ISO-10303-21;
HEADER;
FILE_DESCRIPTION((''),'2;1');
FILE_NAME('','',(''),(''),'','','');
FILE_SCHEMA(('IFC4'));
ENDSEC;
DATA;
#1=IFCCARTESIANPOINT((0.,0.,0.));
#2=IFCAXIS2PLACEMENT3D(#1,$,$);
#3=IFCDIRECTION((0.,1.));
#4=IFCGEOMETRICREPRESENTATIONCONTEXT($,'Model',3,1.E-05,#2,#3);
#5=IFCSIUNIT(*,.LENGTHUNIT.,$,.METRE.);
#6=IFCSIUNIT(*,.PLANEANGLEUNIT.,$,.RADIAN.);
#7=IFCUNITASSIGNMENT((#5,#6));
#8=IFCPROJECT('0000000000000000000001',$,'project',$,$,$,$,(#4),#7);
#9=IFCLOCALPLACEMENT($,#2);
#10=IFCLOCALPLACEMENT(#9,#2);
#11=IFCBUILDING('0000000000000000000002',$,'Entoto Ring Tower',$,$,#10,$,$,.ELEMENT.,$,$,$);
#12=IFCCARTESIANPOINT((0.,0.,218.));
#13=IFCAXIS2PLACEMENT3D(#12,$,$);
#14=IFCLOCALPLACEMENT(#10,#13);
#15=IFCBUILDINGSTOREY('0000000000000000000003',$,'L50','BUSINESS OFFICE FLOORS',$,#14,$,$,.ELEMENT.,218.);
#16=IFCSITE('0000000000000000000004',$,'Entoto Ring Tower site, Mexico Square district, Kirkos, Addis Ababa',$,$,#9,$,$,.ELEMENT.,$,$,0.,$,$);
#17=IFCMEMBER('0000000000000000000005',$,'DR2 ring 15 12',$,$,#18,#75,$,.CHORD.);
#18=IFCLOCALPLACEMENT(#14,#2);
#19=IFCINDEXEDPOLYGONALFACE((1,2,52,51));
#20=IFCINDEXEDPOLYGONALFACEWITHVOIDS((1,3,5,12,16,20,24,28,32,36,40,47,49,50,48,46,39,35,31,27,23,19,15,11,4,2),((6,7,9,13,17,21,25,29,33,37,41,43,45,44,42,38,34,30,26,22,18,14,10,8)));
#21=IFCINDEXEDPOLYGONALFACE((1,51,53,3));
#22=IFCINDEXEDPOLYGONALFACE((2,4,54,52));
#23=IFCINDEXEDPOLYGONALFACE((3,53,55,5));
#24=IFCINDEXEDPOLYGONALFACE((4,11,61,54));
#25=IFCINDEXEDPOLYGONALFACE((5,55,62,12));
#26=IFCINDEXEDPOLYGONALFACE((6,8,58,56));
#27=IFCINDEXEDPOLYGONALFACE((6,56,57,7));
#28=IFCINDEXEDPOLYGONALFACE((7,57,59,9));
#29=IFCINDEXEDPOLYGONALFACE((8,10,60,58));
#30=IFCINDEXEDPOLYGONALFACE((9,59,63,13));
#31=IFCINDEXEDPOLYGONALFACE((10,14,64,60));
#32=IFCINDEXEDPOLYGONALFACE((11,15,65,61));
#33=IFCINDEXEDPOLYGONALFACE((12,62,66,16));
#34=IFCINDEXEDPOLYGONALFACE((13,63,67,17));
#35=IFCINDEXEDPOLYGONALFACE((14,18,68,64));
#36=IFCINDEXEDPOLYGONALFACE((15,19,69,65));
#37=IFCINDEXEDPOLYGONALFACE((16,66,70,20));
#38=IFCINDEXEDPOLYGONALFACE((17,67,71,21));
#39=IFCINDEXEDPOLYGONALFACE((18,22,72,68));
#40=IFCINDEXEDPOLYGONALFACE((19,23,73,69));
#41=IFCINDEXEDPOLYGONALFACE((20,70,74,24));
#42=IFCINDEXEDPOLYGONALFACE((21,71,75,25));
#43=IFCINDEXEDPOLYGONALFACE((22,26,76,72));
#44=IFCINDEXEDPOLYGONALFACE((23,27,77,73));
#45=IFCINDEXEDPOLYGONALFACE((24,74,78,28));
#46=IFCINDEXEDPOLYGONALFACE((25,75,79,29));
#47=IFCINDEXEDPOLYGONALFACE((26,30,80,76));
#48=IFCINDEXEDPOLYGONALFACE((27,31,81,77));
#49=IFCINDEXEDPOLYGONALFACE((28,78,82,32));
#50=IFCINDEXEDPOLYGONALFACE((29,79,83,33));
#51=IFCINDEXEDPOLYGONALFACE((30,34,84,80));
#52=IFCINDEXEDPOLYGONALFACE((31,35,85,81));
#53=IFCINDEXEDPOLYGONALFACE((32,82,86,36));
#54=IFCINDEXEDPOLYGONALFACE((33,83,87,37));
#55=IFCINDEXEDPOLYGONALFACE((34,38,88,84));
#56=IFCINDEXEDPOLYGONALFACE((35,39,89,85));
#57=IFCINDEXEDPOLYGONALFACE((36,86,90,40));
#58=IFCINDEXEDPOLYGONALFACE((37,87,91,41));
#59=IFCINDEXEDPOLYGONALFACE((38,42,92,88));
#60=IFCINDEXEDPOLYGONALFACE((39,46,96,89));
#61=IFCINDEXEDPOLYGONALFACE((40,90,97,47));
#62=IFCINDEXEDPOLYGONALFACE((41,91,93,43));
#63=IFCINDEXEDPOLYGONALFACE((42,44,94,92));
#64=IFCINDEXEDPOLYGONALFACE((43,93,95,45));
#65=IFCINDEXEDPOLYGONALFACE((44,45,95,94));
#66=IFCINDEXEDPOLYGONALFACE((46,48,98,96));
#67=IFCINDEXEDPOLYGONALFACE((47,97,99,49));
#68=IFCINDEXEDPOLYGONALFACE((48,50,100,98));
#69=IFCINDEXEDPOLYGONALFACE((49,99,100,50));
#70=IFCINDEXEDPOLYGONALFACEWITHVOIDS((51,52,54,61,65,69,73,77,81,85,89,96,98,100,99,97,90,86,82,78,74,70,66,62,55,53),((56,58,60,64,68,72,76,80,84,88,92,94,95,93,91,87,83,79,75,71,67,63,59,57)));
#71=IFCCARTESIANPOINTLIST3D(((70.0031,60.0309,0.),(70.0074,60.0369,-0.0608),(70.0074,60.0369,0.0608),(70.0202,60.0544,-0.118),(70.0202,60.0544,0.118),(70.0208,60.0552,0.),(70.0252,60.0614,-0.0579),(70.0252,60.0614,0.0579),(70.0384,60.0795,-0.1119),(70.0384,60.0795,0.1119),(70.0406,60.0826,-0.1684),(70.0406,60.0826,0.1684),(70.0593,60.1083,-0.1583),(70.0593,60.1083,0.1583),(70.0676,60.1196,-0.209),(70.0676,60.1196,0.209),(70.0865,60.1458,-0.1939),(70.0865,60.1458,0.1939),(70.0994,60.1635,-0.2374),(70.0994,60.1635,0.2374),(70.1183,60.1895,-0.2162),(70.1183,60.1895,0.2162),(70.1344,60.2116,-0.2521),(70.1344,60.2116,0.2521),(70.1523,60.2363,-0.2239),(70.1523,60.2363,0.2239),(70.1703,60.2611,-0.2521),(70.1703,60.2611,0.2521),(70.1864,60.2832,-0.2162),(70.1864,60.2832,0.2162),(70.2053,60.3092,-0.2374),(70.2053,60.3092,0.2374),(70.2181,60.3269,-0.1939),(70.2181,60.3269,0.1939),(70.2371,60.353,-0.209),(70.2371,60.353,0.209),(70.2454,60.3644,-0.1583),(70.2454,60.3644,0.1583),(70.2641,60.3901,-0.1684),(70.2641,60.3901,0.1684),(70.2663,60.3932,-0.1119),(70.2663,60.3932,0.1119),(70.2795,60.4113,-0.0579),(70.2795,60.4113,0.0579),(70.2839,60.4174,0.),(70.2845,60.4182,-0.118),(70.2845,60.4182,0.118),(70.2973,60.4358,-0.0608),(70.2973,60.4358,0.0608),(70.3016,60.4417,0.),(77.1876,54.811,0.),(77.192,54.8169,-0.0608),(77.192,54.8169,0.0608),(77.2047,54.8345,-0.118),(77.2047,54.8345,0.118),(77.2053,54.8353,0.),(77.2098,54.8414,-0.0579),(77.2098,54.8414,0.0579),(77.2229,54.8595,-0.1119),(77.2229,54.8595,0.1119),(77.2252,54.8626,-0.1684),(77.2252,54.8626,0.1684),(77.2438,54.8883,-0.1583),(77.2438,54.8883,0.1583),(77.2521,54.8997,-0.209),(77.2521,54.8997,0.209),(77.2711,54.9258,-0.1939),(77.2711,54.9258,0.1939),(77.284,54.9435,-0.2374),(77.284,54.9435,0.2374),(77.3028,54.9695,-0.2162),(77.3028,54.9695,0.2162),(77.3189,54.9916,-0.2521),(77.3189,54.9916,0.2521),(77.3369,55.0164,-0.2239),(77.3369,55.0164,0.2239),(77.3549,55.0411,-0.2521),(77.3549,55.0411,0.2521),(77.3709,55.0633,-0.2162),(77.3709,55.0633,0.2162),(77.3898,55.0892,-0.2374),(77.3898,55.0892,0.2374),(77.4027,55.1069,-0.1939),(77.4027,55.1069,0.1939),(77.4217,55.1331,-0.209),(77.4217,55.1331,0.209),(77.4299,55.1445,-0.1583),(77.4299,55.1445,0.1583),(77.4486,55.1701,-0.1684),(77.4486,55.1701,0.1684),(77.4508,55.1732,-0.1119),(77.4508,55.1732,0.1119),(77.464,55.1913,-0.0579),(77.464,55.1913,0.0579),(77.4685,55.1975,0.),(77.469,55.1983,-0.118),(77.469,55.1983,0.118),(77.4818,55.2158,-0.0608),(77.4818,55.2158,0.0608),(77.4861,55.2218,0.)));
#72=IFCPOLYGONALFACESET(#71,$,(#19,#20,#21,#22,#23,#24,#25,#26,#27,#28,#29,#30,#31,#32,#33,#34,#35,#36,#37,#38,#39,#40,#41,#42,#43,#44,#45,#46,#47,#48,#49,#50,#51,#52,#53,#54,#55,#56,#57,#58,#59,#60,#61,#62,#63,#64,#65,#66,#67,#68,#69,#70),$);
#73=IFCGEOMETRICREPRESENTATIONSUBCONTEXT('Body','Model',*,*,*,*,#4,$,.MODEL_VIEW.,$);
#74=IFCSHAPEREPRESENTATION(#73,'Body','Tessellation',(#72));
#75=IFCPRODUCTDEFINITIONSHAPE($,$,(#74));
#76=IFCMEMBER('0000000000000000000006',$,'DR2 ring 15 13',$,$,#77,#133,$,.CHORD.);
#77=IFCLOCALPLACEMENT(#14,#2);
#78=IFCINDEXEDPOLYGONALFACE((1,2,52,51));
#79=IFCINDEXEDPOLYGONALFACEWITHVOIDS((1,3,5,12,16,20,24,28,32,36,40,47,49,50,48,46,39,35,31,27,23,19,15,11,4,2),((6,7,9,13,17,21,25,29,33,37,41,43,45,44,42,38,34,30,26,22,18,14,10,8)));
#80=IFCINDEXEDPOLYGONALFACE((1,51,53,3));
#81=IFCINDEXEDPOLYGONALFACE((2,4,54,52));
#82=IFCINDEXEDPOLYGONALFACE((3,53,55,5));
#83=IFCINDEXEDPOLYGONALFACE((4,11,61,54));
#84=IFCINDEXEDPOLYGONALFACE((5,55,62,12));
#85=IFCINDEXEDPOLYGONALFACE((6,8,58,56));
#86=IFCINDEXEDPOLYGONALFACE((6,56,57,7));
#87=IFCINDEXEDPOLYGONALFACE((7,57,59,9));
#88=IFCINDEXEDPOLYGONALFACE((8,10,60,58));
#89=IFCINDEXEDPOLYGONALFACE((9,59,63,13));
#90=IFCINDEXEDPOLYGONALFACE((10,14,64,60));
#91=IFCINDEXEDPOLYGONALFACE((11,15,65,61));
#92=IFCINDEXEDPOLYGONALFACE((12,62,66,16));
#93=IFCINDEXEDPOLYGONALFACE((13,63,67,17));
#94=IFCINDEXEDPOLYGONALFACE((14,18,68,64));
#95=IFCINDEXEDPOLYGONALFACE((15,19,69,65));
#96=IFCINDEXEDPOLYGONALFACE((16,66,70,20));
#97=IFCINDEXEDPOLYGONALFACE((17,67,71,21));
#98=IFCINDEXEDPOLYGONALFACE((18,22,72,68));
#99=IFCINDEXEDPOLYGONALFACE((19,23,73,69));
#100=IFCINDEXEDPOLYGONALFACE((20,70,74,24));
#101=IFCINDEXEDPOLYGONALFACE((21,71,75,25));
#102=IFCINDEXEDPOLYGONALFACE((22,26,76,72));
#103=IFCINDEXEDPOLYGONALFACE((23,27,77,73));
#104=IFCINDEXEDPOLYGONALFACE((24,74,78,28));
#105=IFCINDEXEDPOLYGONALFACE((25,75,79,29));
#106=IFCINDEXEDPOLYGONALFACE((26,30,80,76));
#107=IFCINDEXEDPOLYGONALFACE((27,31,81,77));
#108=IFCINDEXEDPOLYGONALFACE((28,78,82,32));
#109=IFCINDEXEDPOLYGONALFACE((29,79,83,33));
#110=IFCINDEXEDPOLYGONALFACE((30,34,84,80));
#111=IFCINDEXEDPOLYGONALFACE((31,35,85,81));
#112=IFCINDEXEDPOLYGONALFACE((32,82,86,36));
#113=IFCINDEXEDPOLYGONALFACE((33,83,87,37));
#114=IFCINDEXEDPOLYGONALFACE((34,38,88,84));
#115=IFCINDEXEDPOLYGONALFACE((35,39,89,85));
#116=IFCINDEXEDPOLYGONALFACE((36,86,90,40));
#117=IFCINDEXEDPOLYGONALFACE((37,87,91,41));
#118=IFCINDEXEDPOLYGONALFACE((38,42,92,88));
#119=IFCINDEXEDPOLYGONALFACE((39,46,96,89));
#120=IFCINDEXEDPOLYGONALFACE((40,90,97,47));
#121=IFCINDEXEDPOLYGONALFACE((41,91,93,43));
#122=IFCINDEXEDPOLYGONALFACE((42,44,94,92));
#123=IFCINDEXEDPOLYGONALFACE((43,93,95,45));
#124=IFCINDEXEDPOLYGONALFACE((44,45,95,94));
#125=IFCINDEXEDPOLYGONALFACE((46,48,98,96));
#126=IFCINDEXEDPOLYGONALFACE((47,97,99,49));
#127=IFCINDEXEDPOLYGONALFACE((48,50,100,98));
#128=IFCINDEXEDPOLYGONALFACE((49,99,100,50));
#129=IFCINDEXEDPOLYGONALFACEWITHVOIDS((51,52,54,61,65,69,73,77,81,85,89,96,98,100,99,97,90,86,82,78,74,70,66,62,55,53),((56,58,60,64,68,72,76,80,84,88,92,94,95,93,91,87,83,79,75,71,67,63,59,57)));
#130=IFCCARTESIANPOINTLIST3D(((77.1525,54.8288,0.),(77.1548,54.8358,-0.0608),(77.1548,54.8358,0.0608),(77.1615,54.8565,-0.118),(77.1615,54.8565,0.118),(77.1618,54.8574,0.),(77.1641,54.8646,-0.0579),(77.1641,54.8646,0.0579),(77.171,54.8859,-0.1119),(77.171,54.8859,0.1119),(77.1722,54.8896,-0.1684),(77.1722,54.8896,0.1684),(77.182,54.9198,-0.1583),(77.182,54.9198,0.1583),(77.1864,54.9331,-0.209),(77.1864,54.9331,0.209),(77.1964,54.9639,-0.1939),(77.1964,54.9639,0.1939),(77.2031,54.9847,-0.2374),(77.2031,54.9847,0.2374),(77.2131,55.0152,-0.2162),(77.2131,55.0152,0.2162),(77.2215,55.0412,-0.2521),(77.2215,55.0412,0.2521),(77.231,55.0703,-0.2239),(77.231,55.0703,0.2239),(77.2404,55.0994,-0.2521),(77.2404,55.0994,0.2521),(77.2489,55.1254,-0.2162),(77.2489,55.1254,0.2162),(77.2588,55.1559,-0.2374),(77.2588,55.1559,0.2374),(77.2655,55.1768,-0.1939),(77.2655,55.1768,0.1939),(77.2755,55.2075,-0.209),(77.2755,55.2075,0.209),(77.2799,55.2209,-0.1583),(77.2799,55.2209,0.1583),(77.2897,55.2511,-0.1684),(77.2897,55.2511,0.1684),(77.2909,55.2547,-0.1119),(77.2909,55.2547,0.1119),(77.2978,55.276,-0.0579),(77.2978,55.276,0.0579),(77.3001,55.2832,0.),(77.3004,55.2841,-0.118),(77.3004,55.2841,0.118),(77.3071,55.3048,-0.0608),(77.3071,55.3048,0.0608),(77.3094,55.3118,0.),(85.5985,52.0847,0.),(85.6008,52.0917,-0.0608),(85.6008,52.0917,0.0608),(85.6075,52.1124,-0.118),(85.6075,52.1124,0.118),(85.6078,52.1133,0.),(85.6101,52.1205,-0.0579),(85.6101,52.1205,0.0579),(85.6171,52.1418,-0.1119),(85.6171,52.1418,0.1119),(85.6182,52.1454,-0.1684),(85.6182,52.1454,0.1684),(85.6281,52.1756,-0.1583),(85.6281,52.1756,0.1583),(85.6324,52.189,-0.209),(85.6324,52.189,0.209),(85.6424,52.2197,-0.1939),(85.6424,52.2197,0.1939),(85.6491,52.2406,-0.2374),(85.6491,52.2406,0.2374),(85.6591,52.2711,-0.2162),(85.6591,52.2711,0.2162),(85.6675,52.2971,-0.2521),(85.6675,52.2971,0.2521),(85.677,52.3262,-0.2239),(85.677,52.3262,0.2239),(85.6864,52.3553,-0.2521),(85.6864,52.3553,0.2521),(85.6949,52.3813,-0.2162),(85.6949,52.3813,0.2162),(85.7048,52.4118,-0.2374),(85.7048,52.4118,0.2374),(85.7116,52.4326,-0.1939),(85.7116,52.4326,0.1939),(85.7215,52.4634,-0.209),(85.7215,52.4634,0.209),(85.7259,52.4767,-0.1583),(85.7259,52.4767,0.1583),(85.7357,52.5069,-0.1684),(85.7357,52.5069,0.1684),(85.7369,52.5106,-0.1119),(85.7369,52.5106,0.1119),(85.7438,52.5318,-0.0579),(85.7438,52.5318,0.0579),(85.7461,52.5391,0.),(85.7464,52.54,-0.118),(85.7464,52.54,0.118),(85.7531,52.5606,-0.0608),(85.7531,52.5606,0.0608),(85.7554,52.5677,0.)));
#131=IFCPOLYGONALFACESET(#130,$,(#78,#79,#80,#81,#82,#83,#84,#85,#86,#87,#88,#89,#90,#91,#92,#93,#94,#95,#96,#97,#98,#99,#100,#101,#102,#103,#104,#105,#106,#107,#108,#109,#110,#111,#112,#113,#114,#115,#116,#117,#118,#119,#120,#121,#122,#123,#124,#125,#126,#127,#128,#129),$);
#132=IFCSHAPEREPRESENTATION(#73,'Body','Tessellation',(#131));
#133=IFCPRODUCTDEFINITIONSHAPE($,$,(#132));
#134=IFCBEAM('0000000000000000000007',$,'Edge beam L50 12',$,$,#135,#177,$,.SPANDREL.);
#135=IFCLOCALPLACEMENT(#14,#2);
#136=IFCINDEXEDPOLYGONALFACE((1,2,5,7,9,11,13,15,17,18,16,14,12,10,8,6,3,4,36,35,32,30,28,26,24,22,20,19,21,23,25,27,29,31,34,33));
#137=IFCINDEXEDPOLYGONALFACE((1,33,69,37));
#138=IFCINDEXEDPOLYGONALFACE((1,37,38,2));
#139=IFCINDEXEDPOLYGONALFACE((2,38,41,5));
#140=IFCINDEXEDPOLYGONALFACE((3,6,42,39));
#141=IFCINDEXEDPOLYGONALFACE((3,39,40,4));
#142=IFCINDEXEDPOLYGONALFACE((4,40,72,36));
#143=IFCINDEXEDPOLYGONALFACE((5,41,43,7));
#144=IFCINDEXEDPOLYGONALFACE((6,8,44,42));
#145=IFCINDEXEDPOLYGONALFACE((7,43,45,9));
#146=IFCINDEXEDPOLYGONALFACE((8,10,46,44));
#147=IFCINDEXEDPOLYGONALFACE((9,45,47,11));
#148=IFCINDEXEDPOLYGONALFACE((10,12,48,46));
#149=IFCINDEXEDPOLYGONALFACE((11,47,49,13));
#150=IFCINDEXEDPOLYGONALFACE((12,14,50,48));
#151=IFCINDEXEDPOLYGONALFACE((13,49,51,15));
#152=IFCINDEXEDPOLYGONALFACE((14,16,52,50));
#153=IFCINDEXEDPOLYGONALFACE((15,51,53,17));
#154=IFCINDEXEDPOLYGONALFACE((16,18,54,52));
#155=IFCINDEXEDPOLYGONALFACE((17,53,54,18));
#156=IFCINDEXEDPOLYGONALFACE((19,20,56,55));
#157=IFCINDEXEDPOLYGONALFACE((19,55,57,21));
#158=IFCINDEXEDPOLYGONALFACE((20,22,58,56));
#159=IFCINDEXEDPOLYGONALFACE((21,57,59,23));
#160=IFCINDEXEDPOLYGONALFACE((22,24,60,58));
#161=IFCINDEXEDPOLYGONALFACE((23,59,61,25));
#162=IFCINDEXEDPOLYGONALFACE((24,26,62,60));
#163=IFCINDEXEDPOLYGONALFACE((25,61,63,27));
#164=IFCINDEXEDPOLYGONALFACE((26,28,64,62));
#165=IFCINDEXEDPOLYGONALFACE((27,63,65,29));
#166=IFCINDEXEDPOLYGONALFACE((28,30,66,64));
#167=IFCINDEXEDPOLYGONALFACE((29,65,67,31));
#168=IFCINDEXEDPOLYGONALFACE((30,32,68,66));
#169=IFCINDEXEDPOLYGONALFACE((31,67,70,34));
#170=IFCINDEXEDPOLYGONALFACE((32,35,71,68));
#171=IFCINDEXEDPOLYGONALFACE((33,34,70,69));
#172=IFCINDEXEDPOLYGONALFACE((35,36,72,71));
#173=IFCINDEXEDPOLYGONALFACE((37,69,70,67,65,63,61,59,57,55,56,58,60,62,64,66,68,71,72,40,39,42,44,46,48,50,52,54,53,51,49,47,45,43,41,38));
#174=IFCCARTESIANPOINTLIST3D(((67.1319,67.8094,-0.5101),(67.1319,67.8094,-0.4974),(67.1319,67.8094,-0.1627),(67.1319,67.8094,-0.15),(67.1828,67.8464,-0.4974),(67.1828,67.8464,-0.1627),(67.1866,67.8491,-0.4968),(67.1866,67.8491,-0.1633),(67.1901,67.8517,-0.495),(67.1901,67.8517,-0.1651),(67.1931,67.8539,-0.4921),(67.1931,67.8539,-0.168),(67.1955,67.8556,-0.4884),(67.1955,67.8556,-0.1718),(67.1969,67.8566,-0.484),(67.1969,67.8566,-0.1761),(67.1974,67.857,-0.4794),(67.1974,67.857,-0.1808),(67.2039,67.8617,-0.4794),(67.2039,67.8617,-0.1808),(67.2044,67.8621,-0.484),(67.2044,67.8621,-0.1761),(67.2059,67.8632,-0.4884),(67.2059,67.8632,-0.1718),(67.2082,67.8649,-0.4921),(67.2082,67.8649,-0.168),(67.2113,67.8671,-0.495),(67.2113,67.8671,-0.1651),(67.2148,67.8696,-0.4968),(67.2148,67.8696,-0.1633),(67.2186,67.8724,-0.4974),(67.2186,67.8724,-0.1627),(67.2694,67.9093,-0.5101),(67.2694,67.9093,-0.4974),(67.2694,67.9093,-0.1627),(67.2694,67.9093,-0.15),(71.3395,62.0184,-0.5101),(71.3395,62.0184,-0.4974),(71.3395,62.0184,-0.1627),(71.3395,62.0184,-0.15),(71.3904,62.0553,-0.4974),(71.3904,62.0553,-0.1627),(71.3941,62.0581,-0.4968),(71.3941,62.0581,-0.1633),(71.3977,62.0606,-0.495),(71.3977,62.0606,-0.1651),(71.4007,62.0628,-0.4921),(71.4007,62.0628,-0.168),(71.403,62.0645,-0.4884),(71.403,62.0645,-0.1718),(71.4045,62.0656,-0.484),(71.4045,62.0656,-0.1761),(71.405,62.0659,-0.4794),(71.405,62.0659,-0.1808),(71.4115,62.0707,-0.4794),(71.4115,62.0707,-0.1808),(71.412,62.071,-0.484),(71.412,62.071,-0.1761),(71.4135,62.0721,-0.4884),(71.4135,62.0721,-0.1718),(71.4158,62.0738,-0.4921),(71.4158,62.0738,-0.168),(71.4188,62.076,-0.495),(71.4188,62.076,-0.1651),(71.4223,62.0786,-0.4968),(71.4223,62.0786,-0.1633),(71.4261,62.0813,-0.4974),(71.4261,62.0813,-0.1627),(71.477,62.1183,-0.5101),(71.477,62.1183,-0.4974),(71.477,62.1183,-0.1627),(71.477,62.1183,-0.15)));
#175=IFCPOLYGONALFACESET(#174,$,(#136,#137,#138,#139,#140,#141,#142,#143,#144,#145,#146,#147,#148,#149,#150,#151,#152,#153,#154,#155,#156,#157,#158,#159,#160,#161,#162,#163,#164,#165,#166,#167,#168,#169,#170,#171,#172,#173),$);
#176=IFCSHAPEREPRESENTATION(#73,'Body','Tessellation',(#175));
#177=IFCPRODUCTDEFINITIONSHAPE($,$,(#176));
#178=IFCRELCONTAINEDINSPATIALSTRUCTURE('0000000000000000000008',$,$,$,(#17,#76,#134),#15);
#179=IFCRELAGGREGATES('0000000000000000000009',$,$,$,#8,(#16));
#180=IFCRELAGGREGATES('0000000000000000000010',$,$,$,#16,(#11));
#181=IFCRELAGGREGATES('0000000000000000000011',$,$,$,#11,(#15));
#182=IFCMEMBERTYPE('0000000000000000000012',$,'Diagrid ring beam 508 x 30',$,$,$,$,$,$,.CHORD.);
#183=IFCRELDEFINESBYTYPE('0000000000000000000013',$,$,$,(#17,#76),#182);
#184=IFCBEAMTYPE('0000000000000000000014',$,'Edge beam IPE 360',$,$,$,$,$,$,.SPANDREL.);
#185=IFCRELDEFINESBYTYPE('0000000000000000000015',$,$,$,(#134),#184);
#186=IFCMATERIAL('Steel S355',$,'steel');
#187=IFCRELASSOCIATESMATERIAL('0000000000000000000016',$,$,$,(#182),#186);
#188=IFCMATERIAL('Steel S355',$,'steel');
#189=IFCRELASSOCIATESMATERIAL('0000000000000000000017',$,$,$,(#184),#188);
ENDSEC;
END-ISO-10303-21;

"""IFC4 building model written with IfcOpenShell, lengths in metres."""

from ifc_helpers import new_model, si_unit, direction, frame, origin, origin_2d, place, context, subcontext, project, spatial, circle, hollow_circle, i_section, extrude, material, material_profile, profile_set, type_object, element, save


model = new_model("IFC4")

# Units and contexts
model_context = context("Model", 3, precision=1e-05, world=origin(), true_north=direction((0.0, 1.0)))
body_context = subcontext(model_context, "Body", "Model", "MODEL_VIEW")
ifc_project = project(units=[si_unit("LENGTHUNIT", "METRE"), si_unit("PLANEANGLEUNIT", "RADIAN")], contexts=[model_context])

# Site, building, storey
site_placement = place(None, origin())
site = spatial("IfcSite", under=ifc_project, at=site_placement, Name="Entoto Ring Tower site, Mexico Square district, Kirkos, Addis Ababa", CompositionType="ELEMENT", RefElevation=0.0)
building_placement = place(site_placement, origin())
building = spatial("IfcBuilding", under=site, at=building_placement, Name="Entoto Ring Tower", CompositionType="ELEMENT")
storey_placement = place(building_placement, frame((0.0, 0.0, 218.0)))
storey = spatial("IfcBuildingStorey", under=building, at=storey_placement, Name="L50", Description="BUSINESS OFFICE FLOORS", CompositionType="ELEMENT", Elevation=218.0)

# Members
ifc_material_1 = material(Name="Steel S355", Category="steel")
ifc_material_profile_1 = material_profile(ifc_material_1, hollow_circle(Radius=0.2539, WallThickness=0.03, at=origin_2d()), Name="CHS 508 x 30")
ifc_material_2 = material(Name="Concrete C60/75", Category="concrete")
ifc_material_profile_2 = material_profile(ifc_material_2, circle(Radius=0.2241, at=origin_2d()), Name="Concrete C60/75 infill")
ifc_profile_set_1 = profile_set([ifc_material_profile_1, ifc_material_profile_2], Name="Steel S355")
member_type_1 = type_object("IfcMemberType", Name="Diagrid ring beam 508 x 30", PredefinedType="CHORD", material=ifc_profile_set_1)
for number, where, z_axis, x_axis, name in (
    (1, (70.1523, 60.2363, 0.0), (0.809013, -0.587791, 0.0), (0.587791, 0.809013, 0.0), "DR2 ring 15 12"),
    (2, (77.231, 55.0703, 0.0), (0.951061, -0.309002, 0.0), (0.309002, 0.951061, 0.0), "DR2 ring 15 13"),
):
    element("IfcMember", number, at=place(storey_placement, frame(where, z_axis=z_axis, x_axis=x_axis)), inside=storey, type_object=member_type_1, Name=name, PredefinedType="CHORD", context=body_context, shape_type="SweptSolid", body=[
        extrude(hollow_circle(Radius=0.2539, WallThickness=0.03, at=origin_2d()), origin(), (0.0, 0.0, 1.0), 8.8806),
    ])

# Beam
ifc_material_3 = material(Name="Steel S355", Category="steel")
ifc_material_profile_3 = material_profile(ifc_material_3, i_section(OverallWidth=0.1699, OverallDepth=0.3601, WebThickness=0.0081, FlangeThickness=0.0127, FilletRadius=0.0181, at=origin_2d()), Name="IPE 360")
ifc_profile_set_2 = profile_set([ifc_material_profile_3], Name="Steel S355")
beam_type_1 = type_object("IfcBeamType", Name="Edge beam IPE 360", PredefinedType="SPANDREL", material=ifc_profile_set_2)
for number, where, z_axis, x_axis, name in (
    (3, (67.2007, 67.8594, -0.3301), (0.587794, -0.80901, 0.0), (0.80901, 0.587794, 0.0), "Edge beam L50 12"),
):
    element("IfcBeam", number, at=place(storey_placement, frame(where, z_axis=z_axis, x_axis=x_axis)), inside=storey, type_object=beam_type_1, Name=name, PredefinedType="SPANDREL", context=body_context, shape_type="SweptSolid", body=[
        extrude(i_section(OverallWidth=0.1699, OverallDepth=0.3601, WebThickness=0.0081, FlangeThickness=0.0127, FilletRadius=0.0181, at=origin_2d()), origin(), (0.0, 0.0, 1.0), 7.1582),
    ])

save(model, "model.ifc")
